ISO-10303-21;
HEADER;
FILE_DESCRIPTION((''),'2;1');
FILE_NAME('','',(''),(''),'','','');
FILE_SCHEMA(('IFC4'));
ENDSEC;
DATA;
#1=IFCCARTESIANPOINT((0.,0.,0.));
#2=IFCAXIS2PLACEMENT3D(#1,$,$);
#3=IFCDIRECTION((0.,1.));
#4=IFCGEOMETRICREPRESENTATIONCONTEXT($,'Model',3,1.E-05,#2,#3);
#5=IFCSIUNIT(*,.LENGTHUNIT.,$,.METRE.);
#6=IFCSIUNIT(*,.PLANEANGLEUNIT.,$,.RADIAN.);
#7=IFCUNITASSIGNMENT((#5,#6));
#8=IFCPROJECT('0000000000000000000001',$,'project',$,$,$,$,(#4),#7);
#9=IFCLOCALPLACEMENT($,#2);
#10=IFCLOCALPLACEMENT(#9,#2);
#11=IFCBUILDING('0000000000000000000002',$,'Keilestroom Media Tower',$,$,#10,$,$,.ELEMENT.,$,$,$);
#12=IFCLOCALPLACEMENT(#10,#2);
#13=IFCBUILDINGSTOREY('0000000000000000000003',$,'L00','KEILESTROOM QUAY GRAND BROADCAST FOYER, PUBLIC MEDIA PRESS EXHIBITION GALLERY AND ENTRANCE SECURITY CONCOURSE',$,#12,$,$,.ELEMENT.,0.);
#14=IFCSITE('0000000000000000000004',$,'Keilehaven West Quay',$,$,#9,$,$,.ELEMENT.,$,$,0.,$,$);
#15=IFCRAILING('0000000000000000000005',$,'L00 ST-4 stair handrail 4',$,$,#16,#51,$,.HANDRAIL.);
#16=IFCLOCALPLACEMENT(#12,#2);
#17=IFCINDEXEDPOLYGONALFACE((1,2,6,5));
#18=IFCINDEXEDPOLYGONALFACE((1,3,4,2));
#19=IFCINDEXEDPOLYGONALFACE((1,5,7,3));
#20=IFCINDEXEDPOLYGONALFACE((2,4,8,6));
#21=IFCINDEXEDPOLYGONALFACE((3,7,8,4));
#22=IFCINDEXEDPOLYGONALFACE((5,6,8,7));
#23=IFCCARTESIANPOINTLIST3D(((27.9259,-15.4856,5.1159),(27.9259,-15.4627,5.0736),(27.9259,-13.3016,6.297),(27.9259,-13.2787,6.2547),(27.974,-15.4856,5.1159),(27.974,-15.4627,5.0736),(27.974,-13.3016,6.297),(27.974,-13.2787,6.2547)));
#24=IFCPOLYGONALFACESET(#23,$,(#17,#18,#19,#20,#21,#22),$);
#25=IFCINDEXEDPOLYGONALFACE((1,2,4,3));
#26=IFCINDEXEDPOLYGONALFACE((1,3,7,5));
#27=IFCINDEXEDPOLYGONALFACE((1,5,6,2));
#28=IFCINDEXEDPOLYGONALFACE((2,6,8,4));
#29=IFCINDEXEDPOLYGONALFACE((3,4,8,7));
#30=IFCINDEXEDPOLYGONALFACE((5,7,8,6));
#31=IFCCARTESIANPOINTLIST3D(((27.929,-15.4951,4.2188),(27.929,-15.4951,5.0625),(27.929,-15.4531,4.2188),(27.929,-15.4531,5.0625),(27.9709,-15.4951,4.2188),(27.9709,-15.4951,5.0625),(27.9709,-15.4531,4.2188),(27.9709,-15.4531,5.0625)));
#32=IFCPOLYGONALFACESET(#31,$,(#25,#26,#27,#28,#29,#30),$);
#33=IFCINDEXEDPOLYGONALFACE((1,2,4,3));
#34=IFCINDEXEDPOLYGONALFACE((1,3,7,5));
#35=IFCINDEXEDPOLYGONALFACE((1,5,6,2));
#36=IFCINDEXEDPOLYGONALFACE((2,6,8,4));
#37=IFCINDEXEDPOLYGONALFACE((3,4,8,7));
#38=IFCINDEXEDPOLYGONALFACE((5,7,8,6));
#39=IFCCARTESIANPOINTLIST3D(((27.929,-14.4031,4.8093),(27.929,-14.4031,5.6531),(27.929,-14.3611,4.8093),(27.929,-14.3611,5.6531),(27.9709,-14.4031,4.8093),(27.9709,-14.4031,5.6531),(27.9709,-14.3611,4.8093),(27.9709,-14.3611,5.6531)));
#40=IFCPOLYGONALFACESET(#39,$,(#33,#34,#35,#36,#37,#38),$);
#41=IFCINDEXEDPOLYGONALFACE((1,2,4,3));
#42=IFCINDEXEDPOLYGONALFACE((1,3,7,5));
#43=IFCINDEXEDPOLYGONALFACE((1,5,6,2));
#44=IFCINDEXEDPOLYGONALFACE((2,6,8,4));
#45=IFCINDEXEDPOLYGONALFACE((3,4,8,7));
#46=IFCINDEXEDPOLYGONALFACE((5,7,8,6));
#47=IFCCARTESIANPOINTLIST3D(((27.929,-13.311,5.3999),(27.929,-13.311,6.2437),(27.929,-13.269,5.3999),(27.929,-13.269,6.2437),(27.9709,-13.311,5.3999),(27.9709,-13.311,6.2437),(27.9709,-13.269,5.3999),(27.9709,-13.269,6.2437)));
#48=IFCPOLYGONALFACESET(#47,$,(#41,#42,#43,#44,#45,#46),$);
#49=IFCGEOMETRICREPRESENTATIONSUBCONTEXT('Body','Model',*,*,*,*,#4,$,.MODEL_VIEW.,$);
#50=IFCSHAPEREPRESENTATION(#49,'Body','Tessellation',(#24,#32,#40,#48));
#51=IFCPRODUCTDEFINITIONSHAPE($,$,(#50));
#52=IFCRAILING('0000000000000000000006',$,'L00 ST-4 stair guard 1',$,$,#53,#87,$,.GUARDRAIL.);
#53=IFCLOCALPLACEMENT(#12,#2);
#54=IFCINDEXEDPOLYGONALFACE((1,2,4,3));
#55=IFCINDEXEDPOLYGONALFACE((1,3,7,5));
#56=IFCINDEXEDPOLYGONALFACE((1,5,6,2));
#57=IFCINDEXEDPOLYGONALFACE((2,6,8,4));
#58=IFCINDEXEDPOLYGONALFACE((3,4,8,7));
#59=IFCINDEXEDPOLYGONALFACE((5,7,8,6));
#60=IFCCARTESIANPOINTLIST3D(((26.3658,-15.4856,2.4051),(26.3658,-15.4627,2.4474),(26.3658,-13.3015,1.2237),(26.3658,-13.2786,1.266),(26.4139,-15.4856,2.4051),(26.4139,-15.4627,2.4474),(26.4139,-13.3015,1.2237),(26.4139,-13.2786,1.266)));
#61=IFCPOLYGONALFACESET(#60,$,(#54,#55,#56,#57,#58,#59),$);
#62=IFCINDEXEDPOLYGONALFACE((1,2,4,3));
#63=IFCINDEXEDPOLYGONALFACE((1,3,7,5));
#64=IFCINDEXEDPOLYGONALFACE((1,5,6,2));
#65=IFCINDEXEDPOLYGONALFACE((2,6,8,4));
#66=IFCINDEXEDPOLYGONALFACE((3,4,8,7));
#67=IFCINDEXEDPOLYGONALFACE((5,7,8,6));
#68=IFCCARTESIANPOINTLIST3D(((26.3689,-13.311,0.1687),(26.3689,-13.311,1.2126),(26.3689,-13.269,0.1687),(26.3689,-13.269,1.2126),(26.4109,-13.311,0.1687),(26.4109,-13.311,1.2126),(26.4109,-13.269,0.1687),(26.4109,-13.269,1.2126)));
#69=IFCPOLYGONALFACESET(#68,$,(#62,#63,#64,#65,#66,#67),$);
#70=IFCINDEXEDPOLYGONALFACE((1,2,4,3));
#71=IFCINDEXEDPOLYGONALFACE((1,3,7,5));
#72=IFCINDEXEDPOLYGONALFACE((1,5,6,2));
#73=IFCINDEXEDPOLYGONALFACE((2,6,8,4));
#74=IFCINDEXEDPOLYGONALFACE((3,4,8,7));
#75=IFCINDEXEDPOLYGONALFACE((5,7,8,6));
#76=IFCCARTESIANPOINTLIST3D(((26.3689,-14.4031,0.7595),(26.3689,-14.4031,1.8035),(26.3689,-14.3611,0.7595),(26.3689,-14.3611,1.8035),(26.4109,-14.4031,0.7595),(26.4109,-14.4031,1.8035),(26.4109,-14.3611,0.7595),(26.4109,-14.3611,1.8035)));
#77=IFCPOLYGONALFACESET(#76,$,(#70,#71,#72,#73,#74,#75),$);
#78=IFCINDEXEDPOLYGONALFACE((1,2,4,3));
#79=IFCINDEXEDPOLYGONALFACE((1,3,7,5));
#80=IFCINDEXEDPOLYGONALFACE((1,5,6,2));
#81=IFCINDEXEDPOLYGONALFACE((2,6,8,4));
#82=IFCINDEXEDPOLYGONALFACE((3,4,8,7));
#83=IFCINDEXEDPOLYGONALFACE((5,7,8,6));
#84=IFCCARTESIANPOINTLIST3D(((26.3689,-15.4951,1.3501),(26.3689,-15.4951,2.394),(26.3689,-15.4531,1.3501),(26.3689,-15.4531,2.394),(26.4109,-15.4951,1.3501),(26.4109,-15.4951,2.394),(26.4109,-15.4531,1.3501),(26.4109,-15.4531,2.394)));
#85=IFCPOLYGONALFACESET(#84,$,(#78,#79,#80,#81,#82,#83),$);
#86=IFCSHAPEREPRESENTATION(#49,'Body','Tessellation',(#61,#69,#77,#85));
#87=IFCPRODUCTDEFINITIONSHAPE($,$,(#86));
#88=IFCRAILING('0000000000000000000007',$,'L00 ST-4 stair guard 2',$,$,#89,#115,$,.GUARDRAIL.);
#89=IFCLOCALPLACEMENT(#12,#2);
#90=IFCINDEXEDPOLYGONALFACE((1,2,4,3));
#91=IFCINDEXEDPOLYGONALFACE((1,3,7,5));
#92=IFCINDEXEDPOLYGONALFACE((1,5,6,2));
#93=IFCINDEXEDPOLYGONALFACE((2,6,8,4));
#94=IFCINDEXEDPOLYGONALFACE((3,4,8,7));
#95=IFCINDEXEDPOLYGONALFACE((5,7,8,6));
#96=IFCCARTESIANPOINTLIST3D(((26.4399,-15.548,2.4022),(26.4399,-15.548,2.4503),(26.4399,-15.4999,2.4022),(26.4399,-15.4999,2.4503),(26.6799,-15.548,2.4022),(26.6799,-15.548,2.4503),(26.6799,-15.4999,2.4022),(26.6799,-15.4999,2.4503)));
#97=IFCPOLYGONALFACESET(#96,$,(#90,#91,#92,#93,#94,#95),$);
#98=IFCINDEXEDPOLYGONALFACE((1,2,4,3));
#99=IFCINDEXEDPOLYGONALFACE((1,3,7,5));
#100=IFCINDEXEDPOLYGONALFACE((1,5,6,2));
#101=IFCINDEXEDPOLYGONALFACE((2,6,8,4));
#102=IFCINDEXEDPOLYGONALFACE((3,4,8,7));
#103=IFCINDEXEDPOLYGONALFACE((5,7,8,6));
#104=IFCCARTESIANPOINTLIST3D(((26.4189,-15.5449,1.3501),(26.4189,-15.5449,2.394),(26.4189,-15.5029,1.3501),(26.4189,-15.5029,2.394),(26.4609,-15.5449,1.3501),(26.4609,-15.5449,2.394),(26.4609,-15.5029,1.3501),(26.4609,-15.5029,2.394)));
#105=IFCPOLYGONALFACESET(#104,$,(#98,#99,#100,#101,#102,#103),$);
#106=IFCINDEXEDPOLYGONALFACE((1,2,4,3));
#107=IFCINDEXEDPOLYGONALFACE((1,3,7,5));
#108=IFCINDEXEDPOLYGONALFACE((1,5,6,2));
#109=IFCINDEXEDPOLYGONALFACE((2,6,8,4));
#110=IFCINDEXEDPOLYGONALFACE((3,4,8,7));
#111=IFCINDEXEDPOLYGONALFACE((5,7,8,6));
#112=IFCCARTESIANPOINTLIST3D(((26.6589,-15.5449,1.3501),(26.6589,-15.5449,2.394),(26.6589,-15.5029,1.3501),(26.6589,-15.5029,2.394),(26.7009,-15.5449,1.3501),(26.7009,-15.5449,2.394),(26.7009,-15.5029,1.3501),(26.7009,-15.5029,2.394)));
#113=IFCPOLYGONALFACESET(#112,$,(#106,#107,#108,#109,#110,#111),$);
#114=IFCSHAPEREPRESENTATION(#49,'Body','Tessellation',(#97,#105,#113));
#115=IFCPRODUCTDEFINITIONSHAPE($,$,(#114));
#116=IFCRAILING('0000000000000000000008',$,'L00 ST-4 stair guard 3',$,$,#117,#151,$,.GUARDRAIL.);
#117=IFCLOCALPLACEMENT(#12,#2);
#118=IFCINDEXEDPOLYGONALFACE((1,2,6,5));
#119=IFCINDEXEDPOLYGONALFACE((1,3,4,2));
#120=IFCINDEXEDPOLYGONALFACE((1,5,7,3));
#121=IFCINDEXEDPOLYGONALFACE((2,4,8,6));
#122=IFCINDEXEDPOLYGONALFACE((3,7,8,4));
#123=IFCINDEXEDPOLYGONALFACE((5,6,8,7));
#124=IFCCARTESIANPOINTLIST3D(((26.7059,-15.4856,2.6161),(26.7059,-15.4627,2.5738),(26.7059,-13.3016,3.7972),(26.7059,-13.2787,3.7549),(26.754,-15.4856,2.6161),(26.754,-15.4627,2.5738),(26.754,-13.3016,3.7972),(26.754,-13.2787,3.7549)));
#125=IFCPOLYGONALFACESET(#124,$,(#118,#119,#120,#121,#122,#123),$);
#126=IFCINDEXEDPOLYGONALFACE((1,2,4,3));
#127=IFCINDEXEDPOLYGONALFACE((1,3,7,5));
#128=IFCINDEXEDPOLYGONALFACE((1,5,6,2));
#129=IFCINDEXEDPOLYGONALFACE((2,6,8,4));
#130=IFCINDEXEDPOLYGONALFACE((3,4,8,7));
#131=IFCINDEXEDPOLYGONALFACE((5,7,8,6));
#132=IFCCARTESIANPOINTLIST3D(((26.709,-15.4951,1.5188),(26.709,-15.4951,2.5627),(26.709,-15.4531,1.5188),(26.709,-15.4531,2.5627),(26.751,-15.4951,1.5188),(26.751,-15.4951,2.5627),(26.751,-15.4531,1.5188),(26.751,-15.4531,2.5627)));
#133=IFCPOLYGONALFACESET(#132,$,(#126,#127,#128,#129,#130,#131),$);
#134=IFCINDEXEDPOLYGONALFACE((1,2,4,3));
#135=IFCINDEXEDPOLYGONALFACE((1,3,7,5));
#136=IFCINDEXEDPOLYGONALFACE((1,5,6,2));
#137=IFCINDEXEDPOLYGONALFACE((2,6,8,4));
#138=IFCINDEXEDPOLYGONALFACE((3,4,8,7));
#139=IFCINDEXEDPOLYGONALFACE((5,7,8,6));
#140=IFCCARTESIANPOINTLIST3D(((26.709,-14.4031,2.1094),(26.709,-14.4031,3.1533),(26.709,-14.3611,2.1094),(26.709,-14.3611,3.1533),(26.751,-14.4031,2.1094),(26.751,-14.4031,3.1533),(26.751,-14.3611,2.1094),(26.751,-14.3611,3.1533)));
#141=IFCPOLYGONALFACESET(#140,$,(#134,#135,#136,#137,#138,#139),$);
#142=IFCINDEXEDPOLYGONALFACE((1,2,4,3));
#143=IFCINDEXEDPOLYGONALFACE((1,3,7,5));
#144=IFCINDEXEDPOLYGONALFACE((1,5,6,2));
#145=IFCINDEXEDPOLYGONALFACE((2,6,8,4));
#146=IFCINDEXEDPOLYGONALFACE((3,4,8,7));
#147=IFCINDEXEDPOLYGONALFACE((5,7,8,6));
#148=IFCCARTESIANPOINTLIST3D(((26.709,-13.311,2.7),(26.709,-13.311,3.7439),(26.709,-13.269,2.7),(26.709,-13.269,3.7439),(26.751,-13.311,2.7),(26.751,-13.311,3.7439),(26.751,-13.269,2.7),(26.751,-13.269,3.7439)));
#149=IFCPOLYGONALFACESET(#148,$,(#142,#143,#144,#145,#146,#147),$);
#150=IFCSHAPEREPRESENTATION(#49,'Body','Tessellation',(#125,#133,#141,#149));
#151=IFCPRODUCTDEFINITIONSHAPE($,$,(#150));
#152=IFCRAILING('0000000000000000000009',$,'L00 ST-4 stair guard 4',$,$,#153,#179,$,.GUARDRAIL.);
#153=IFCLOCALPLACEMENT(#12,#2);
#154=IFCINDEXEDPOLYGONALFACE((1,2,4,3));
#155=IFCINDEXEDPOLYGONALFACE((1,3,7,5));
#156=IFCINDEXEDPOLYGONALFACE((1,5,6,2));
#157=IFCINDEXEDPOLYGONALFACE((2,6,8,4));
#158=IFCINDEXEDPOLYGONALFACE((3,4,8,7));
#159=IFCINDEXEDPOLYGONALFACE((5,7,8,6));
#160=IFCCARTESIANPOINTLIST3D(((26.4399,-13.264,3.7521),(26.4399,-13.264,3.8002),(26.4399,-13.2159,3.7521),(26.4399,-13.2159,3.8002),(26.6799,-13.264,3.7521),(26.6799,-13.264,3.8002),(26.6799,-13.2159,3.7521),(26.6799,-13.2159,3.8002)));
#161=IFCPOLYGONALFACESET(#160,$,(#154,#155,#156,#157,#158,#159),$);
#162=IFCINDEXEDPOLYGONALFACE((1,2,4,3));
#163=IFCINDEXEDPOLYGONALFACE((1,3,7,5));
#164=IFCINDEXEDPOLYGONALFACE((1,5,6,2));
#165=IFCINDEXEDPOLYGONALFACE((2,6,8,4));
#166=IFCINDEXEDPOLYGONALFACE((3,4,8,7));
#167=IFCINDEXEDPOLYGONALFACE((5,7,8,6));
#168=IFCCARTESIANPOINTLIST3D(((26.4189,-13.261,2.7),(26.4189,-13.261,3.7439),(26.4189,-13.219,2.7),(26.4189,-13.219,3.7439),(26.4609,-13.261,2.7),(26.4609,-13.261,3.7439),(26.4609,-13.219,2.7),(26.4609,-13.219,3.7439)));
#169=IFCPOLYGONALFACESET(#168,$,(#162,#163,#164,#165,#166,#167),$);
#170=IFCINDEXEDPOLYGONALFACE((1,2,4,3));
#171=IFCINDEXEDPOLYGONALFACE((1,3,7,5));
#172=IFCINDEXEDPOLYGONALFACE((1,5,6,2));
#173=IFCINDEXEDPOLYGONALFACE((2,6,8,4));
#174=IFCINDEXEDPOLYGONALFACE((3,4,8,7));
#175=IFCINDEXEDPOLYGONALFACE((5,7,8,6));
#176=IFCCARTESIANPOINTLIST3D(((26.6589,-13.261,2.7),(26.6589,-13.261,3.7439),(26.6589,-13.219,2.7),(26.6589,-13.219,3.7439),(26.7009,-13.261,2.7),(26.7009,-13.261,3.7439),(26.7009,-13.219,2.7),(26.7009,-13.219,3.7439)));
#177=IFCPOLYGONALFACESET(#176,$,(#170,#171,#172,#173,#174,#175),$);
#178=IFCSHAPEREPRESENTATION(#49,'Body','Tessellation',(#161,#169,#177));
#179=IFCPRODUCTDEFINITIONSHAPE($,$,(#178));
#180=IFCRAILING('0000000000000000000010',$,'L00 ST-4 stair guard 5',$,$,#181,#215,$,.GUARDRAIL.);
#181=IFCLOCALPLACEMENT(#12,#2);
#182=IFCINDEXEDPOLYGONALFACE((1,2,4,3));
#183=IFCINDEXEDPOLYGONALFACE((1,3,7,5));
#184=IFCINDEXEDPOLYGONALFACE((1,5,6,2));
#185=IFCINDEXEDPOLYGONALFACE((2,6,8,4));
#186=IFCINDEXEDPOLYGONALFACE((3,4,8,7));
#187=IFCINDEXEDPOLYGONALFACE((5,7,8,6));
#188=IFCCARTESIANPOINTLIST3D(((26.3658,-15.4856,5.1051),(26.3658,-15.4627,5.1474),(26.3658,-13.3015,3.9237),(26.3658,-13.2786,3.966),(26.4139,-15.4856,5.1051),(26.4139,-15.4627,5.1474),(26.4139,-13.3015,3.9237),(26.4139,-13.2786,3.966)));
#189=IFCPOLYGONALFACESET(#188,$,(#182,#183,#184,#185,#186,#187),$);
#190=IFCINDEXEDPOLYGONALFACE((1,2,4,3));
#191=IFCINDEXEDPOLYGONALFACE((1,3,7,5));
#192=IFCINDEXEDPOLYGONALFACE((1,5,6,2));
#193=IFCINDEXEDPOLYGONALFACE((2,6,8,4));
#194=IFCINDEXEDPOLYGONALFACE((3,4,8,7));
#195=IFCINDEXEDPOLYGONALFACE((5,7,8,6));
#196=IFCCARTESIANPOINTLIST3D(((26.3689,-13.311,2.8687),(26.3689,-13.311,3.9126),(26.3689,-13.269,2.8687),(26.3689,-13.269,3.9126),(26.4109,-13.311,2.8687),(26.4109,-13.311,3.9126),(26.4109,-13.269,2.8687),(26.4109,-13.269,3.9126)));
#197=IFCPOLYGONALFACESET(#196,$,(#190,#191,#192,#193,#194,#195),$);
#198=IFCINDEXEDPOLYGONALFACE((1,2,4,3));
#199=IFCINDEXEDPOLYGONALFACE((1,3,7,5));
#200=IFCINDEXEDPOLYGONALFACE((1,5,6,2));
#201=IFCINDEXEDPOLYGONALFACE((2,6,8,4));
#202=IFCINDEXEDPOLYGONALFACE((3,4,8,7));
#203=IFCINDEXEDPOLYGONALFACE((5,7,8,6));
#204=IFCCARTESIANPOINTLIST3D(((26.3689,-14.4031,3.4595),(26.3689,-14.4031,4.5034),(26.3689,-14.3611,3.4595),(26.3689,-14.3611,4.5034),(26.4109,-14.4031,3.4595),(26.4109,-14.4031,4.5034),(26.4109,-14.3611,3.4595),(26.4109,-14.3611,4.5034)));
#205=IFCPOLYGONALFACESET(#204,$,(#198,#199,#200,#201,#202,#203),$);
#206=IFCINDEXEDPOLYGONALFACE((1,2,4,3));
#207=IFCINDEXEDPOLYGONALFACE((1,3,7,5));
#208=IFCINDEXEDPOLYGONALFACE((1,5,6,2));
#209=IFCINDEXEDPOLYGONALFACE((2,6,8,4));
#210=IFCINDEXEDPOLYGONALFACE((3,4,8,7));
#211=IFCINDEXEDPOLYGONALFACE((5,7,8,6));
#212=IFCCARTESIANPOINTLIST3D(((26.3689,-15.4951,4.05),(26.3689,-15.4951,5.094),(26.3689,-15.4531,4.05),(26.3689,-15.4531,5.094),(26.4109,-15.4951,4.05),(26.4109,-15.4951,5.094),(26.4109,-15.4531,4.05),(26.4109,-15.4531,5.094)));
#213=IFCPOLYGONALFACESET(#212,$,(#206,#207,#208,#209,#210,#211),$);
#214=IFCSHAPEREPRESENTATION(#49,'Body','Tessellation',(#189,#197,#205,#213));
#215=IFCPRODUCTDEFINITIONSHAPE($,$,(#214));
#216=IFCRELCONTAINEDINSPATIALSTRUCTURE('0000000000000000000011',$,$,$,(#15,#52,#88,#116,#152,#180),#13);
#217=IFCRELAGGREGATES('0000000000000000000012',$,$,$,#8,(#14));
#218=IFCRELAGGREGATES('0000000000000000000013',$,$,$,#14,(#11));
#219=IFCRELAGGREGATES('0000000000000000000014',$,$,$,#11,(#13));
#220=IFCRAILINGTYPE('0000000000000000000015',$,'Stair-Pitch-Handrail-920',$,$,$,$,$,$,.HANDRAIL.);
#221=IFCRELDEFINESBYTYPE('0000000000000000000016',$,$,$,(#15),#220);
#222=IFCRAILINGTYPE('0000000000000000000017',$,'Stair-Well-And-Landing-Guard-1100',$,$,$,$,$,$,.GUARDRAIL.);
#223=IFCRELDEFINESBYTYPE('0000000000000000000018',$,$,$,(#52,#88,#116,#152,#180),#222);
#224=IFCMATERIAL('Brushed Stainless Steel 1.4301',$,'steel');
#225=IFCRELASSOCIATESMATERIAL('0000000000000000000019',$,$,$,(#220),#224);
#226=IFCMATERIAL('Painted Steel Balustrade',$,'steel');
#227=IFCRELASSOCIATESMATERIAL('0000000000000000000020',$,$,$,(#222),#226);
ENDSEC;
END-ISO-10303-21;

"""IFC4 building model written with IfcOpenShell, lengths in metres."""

from ifc_helpers import new_model, si_unit, direction, frame, origin, origin_2d, place, context, subcontext, project, spatial, rectangle, extrude, material, type_object, element, save


model = new_model("IFC4")

# Units and contexts
model_context = context("Model", 3, precision=1e-05, world=origin(), true_north=direction((0.0, 1.0)))
body_context = subcontext(model_context, "Body", "Model", "MODEL_VIEW")
ifc_project = project(units=[si_unit("LENGTHUNIT", "METRE"), si_unit("PLANEANGLEUNIT", "RADIAN")], contexts=[model_context])

# Site, building, storey
site_placement = place(None, origin())
site = spatial("IfcSite", under=ifc_project, at=site_placement, Name="Keilehaven West Quay", CompositionType="ELEMENT", RefElevation=0.0)
building_placement = place(site_placement, origin())
building = spatial("IfcBuilding", under=site, at=building_placement, Name="Keilestroom Media Tower", CompositionType="ELEMENT")
storey_placement = place(building_placement, origin())
storey = spatial("IfcBuildingStorey", under=building, at=storey_placement, Name="L00", Description="KEILESTROOM QUAY GRAND BROADCAST FOYER, PUBLIC MEDIA PRESS EXHIBITION GALLERY AND ENTRANCE SECURITY CONCOURSE", CompositionType="ELEMENT", Elevation=0.0)

# Railings
ifc_material_1 = material(Name="Brushed Stainless Steel 1.4301", Category="steel")
railing_type_1 = type_object("IfcRailingType", Name="Stair-Pitch-Handrail-920", PredefinedType="HANDRAIL", material=ifc_material_1)
for number, where, name in (
    (1, (27.95, -15.4741, 4.2188), "L00 ST-4 stair handrail 4"),
):
    element("IfcRailing", number, at=place(storey_placement, frame(where)), inside=storey, type_object=railing_type_1, Name=name, PredefinedType="HANDRAIL", context=body_context, shape_type="SweptSolid", body=[
        extrude(rectangle(XDim=0.0481, YDim=0.0481, at=origin_2d()), frame((0.0, 0.0, 0.876), z_axis=(0.0, 0.879611, 0.475694), x_axis=(-1.0, 0.0, 0.0)), (0.0, 0.0, 1.0), 2.4829),
        extrude(rectangle(XDim=0.042, YDim=0.042, at=origin_2d()), origin(), (0.0, 0.0, 1.0), 0.8438),
        extrude(rectangle(XDim=0.042, YDim=0.042, at=origin_2d()), frame((0.0, 1.092, 0.5906)), (0.0, 0.0, 1.0), 0.8438),
        extrude(rectangle(XDim=0.042, YDim=0.042, at=origin_2d()), frame((0.0, 2.1841, 1.1812)), (0.0, 0.0, 1.0), 0.8438),
    ])
ifc_material_2 = material(Name="Painted Steel Balustrade", Category="steel")
railing_type_2 = type_object("IfcRailingType", Name="Stair-Well-And-Landing-Guard-1100", PredefinedType="GUARDRAIL", material=ifc_material_2)
railing_1_placement = place(storey_placement, frame((26.3899, -13.29, 0.1687)))
element("IfcRailing", 2, at=railing_1_placement, inside=storey, type_object=railing_type_2, Name="L00 ST-4 stair guard 1", PredefinedType="GUARDRAIL", context=body_context, shape_type="SweptSolid", body=[
    extrude(rectangle(XDim=0.0481, YDim=0.0481, at=origin_2d()), frame((0.0, 0.0, 1.0762), z_axis=(0.0, -0.87957, 0.47577), x_axis=(1.0, 0.0, 0.0)), (0.0, 0.0, 1.0), 2.4832),
    extrude(rectangle(XDim=0.042, YDim=0.042, at=origin_2d()), origin(), (0.0, 0.0, 1.0), 1.0439),
    extrude(rectangle(XDim=0.042, YDim=0.042, at=origin_2d()), frame((0.0, -1.092, 0.5908)), (0.0, 0.0, 1.0), 1.0439),
    extrude(rectangle(XDim=0.042, YDim=0.042, at=origin_2d()), frame((0.0, -2.1841, 1.1814)), (0.0, 0.0, 1.0), 1.0439),
])
railing_2_placement = place(storey_placement, frame((26.4399, -15.5239, 1.3501)))
element("IfcRailing", 3, at=railing_2_placement, inside=storey, type_object=railing_type_2, Name="L00 ST-4 stair guard 2", PredefinedType="GUARDRAIL", context=body_context, shape_type="SweptSolid", body=[
    extrude(rectangle(XDim=0.0481, YDim=0.0481, at=origin_2d()), frame((0.0, 0.0, 1.0762), z_axis=(1.0, 0.0, 0.0), x_axis=(0.0, 1.0, 0.0)), (0.0, 0.0, 1.0), 0.24),
    extrude(rectangle(XDim=0.042, YDim=0.042, at=origin_2d()), origin(), (0.0, 0.0, 1.0), 1.0439),
    extrude(rectangle(XDim=0.042, YDim=0.042, at=origin_2d()), frame((0.24, 0.0, 0.0)), (0.0, 0.0, 1.0), 1.0439),
])
railing_3_placement = place(storey_placement, frame((26.73, -15.4741, 1.5188)))
element("IfcRailing", 4, at=railing_3_placement, inside=storey, type_object=railing_type_2, Name="L00 ST-4 stair guard 3", PredefinedType="GUARDRAIL", context=body_context, shape_type="SweptSolid", body=[
    extrude(rectangle(XDim=0.0481, YDim=0.0481, at=origin_2d()), frame((0.0, 0.0, 1.0762), z_axis=(0.0, 0.879611, 0.475694), x_axis=(-1.0, 0.0, 0.0)), (0.0, 0.0, 1.0), 2.4829),
    extrude(rectangle(XDim=0.042, YDim=0.042, at=origin_2d()), origin(), (0.0, 0.0, 1.0), 1.0439),
    extrude(rectangle(XDim=0.042, YDim=0.042, at=origin_2d()), frame((0.0, 1.092, 0.5906)), (0.0, 0.0, 1.0), 1.0439),
    extrude(rectangle(XDim=0.042, YDim=0.042, at=origin_2d()), frame((0.0, 2.1841, 1.1812)), (0.0, 0.0, 1.0), 1.0439),
])
railing_4_placement = place(storey_placement, frame((26.4399, -13.24, 2.7)))
element("IfcRailing", 5, at=railing_4_placement, inside=storey, type_object=railing_type_2, Name="L00 ST-4 stair guard 4", PredefinedType="GUARDRAIL", context=body_context, shape_type="SweptSolid", body=[
    extrude(rectangle(XDim=0.0481, YDim=0.0481, at=origin_2d()), frame((0.0, 0.0, 1.0762), z_axis=(1.0, 0.0, 0.0), x_axis=(0.0, 1.0, 0.0)), (0.0, 0.0, 1.0), 0.24),
    extrude(rectangle(XDim=0.042, YDim=0.042, at=origin_2d()), origin(), (0.0, 0.0, 1.0), 1.0439),
    extrude(rectangle(XDim=0.042, YDim=0.042, at=origin_2d()), frame((0.24, 0.0, 0.0)), (0.0, 0.0, 1.0), 1.0439),
])
railing_5_placement = place(storey_placement, frame((26.3899, -13.29, 2.8687)))
element("IfcRailing", 6, at=railing_5_placement, inside=storey, type_object=railing_type_2, Name="L00 ST-4 stair guard 5", PredefinedType="GUARDRAIL", context=body_context, shape_type="SweptSolid", body=[
    extrude(rectangle(XDim=0.0481, YDim=0.0481, at=origin_2d()), frame((0.0, 0.0, 1.0762), z_axis=(0.0, -0.87957, 0.47577), x_axis=(1.0, 0.0, 0.0)), (0.0, 0.0, 1.0), 2.4832),
    extrude(rectangle(XDim=0.042, YDim=0.042, at=origin_2d()), origin(), (0.0, 0.0, 1.0), 1.0439),
    extrude(rectangle(XDim=0.042, YDim=0.042, at=origin_2d()), frame((0.0, -1.092, 0.5908)), (0.0, 0.0, 1.0), 1.0439),
    extrude(rectangle(XDim=0.042, YDim=0.042, at=origin_2d()), frame((0.0, -2.1841, 1.1814)), (0.0, 0.0, 1.0), 1.0439),
])

save(model, "model.ifc")
